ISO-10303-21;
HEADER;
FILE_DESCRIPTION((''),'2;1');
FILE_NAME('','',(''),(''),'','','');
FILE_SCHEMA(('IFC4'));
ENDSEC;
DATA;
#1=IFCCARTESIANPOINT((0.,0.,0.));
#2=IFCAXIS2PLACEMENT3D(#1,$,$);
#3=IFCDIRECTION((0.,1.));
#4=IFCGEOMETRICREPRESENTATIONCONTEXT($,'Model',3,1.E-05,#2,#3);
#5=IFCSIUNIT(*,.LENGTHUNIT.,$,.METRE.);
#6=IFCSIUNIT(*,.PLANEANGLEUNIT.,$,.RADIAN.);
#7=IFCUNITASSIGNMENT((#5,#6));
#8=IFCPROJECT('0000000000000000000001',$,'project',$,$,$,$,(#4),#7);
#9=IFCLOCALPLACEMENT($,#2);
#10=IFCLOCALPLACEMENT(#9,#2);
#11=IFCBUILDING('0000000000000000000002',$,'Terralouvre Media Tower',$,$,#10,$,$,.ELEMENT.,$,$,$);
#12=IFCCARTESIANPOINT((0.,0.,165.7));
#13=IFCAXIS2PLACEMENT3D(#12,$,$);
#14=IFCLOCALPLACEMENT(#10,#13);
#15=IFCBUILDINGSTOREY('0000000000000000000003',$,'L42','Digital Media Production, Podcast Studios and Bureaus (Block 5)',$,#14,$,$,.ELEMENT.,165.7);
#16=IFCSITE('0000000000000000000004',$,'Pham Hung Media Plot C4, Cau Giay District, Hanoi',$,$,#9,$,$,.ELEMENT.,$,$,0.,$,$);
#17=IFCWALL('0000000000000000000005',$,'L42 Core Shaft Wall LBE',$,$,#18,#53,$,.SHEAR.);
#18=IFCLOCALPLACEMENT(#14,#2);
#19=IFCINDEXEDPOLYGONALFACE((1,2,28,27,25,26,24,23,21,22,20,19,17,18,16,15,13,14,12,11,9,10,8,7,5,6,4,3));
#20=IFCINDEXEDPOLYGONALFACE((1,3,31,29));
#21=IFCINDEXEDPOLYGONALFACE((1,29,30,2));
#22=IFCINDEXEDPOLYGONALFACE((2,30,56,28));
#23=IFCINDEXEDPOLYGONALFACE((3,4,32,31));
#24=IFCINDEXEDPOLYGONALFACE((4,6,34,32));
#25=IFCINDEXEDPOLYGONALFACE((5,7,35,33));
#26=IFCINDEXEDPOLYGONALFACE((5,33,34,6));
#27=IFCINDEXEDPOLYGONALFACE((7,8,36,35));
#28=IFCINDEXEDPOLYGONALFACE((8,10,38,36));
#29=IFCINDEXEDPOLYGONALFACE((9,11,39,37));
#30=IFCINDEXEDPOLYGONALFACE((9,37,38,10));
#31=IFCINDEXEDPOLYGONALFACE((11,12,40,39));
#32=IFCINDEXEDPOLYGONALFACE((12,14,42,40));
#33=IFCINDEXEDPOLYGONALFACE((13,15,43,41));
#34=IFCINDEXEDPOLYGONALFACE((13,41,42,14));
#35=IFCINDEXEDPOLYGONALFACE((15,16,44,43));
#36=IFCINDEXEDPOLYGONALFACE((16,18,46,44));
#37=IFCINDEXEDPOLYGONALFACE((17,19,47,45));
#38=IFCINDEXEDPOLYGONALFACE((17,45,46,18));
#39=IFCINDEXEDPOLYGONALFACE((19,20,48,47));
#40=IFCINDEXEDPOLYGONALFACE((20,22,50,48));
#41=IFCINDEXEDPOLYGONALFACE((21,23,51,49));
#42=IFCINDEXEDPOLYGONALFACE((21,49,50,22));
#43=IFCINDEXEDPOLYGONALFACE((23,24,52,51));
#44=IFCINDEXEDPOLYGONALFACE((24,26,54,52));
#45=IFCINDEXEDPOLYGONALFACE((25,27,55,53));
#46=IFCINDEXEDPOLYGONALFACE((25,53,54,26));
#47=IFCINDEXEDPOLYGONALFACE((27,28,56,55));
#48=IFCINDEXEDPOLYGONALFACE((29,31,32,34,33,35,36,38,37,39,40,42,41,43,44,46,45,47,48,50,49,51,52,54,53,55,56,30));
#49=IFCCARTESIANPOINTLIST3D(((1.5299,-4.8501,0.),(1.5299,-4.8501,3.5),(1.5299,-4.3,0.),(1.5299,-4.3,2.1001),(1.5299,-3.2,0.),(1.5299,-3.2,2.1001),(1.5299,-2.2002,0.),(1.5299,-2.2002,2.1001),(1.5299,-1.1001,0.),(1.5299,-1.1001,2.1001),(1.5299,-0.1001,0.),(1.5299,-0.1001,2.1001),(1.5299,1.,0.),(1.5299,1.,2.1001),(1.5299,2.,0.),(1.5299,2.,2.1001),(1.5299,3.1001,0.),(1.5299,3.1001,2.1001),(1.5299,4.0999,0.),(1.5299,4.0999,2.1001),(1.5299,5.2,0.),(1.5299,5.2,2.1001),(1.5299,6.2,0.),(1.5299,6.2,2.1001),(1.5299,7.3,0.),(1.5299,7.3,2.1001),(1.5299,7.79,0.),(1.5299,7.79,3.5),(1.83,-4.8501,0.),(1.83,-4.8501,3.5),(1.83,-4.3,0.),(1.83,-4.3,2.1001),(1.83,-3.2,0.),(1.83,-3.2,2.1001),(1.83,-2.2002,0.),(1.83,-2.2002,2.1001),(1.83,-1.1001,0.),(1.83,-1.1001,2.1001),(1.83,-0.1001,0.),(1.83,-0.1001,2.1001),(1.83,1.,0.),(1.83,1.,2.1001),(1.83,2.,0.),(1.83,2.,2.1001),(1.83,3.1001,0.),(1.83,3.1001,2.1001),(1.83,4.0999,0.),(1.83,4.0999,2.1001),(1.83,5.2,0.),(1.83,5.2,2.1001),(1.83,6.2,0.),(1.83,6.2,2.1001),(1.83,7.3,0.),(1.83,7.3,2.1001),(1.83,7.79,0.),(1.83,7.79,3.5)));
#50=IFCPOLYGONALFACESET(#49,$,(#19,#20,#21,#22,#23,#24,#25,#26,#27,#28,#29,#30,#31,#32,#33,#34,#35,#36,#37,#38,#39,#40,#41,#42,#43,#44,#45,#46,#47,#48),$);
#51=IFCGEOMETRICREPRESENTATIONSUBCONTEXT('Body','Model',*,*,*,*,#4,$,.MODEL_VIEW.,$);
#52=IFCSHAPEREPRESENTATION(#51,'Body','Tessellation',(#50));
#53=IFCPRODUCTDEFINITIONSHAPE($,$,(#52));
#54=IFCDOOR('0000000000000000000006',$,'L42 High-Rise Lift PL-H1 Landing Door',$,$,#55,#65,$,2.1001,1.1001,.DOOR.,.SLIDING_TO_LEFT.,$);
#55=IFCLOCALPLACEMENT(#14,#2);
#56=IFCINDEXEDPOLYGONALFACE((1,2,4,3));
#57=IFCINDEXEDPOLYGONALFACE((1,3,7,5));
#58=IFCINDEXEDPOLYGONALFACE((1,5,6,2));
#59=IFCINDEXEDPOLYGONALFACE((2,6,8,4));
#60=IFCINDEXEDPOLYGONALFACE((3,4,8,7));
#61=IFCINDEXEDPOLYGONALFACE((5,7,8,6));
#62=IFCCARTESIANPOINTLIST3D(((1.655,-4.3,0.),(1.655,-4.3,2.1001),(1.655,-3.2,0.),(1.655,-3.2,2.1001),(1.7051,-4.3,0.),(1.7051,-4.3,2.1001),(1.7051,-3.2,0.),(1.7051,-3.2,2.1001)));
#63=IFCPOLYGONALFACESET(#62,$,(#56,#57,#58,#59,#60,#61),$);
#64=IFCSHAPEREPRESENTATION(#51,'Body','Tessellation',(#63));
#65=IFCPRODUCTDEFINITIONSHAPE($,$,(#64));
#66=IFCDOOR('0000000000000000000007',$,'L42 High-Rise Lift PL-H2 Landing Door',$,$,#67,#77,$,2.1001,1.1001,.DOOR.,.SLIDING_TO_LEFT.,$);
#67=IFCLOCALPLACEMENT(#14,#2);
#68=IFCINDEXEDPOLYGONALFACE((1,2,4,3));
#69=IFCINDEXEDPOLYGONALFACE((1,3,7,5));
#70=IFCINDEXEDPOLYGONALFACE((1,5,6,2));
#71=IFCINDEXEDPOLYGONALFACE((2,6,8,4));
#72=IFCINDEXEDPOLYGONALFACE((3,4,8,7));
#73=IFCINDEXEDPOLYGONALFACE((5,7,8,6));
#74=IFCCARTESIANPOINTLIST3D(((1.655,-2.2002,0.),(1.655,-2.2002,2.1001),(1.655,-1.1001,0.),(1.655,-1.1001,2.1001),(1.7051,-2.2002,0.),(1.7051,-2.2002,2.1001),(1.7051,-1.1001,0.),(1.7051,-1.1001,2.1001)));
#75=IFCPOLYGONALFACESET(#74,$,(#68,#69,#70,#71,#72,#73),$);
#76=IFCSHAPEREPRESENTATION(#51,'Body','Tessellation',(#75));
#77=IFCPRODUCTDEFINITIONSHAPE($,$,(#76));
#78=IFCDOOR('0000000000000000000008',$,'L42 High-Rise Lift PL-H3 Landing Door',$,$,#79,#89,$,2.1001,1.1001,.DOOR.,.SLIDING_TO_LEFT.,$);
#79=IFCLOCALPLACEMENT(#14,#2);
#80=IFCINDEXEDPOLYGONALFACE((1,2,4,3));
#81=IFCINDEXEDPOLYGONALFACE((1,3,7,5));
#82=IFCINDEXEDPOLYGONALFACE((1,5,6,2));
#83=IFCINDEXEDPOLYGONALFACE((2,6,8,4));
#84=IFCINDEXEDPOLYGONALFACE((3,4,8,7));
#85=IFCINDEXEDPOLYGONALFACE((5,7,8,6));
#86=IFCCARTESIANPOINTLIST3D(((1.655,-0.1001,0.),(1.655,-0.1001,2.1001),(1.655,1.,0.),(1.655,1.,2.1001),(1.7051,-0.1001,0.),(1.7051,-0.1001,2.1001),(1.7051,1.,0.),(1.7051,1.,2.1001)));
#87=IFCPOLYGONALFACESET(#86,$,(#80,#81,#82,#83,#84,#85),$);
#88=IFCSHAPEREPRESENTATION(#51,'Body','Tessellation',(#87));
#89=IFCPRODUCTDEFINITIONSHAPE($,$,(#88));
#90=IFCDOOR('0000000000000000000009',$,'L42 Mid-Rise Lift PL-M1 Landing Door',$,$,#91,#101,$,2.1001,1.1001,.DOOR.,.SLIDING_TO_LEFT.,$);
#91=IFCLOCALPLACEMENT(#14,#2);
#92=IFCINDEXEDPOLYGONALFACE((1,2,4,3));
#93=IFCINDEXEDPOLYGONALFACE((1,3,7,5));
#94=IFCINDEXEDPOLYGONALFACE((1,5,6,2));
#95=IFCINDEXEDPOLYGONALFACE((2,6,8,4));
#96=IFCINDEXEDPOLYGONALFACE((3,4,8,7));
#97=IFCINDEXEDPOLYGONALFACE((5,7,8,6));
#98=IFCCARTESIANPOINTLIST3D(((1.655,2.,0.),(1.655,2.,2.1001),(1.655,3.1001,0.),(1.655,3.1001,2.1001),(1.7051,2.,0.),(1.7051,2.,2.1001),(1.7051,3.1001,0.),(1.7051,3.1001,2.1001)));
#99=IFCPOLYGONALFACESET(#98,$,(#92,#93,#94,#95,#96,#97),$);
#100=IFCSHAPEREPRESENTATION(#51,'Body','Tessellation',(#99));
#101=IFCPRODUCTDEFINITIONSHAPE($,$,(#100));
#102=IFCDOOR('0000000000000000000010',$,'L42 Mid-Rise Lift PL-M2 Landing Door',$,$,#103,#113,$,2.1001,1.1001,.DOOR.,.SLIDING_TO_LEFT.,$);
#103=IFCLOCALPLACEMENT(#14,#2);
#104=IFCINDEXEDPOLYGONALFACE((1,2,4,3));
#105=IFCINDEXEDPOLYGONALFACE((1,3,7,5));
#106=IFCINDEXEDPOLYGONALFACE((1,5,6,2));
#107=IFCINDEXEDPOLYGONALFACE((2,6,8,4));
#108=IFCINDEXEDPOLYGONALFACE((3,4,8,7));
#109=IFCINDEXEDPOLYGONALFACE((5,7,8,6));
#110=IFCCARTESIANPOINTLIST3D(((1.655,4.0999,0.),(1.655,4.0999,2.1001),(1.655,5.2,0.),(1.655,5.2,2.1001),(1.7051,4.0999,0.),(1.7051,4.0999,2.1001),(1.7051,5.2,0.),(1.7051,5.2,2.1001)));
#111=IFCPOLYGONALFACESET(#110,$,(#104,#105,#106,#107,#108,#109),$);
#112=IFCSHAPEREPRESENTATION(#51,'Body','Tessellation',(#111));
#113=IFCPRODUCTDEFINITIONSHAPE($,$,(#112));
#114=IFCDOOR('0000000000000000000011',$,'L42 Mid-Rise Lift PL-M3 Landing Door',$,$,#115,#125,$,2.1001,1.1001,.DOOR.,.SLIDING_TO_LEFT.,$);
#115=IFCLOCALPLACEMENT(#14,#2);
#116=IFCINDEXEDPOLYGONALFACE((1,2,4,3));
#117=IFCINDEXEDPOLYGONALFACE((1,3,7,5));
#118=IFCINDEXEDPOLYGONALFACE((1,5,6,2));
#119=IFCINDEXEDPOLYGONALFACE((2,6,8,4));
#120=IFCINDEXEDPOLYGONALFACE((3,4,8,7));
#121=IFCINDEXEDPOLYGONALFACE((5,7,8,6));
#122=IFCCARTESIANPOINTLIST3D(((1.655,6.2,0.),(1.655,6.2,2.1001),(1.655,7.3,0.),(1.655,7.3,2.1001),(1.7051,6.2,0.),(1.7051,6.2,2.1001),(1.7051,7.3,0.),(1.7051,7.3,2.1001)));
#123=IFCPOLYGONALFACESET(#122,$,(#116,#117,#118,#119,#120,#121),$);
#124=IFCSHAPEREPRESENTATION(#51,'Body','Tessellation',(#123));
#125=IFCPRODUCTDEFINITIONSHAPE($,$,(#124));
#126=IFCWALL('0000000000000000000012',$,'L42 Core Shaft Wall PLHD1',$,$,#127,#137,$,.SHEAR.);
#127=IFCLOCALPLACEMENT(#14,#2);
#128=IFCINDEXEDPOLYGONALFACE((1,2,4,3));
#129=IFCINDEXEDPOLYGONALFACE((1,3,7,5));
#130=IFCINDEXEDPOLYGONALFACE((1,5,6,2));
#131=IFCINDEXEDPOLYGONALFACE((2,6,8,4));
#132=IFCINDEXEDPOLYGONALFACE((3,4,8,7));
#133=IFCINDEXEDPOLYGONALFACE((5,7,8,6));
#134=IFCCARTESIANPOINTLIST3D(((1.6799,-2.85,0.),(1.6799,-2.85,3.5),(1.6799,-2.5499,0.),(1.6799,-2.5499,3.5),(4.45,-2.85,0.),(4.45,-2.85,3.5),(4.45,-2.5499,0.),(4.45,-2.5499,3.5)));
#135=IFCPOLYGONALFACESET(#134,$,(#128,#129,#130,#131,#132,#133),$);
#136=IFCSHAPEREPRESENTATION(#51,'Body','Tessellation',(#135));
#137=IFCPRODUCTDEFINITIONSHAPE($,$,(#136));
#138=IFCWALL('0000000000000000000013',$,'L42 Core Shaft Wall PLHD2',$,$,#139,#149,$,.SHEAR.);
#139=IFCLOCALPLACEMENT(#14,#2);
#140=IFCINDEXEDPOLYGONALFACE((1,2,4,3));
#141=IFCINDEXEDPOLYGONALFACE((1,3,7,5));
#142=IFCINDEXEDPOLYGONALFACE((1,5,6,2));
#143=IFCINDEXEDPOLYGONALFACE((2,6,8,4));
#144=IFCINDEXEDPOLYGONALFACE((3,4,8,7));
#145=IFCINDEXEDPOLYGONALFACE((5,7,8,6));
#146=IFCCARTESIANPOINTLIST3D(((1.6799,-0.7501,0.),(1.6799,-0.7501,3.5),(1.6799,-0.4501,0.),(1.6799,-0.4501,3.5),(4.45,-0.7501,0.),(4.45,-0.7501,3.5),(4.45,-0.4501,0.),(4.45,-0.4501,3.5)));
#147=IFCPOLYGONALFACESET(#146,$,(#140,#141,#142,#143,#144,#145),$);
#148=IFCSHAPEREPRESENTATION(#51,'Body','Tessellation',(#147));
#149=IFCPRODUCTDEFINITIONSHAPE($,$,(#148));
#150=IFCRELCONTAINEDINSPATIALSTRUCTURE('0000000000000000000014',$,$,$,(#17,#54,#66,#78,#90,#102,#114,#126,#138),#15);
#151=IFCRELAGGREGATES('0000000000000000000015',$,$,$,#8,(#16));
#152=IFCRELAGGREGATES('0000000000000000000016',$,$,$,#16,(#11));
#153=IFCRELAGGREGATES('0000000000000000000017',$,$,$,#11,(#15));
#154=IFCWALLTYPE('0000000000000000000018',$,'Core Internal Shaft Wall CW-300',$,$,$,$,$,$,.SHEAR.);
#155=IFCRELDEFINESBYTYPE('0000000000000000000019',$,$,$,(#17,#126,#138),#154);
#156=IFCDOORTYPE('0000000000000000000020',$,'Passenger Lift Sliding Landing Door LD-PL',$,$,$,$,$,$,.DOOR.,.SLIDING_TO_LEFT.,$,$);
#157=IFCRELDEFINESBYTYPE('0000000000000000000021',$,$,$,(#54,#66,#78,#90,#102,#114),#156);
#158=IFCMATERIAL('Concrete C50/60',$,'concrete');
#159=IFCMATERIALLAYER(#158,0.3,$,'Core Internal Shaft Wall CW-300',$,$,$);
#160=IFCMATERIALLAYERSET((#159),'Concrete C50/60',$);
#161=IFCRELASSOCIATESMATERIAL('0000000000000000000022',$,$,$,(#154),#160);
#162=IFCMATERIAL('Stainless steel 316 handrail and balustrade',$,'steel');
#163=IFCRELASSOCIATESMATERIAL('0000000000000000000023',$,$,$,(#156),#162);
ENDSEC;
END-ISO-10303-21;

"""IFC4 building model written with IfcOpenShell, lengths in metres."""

from ifc_helpers import new_model, si_unit, direction, frame, frame_2d, origin, place, context, subcontext, project, spatial, rectangle, extrude, material, layer, layer_set, type_object, element, fill, save


model = new_model("IFC4")

# Units and contexts
model_context = context("Model", 3, precision=1e-05, world=origin(), true_north=direction((0.0, 1.0)))
body_context = subcontext(model_context, "Body", "Model", "MODEL_VIEW")
ifc_project = project(units=[si_unit("LENGTHUNIT", "METRE"), si_unit("PLANEANGLEUNIT", "RADIAN")], contexts=[model_context])

# Site, building, storey
site_placement = place(None, origin())
site = spatial("IfcSite", under=ifc_project, at=site_placement, Name="Pham Hung Media Plot C4, Cau Giay District, Hanoi", CompositionType="ELEMENT", RefElevation=0.0)
building_placement = place(site_placement, origin())
building = spatial("IfcBuilding", under=site, at=building_placement, Name="Terralouvre Media Tower", CompositionType="ELEMENT")
storey_placement = place(building_placement, frame((0.0, 0.0, 165.7)))
storey = spatial("IfcBuildingStorey", under=building, at=storey_placement, Name="L42", Description="Digital Media Production, Podcast Studios and Bureaus (Block 5)", CompositionType="ELEMENT", Elevation=165.7)

# Shared definitions
ifc_material_1 = material(Name="Concrete C50/60", Category="concrete")
ifc_layer_1 = layer(ifc_material_1, 0.3, Name="Core Internal Shaft Wall CW-300")
ifc_layer_set_1 = layer_set([ifc_layer_1], Name="Concrete C50/60")
wall_type_1 = type_object("IfcWallType", Name="Core Internal Shaft Wall CW-300", PredefinedType="SHEAR", material=ifc_layer_set_1)

# Wall, openings, doors
wall_1_placement = place(storey_placement, frame((1.6799, -4.8501, 0.0), z_axis=(0.0, 0.0, 1.0), x_axis=(0.0, 1.0, 0.0)))
wall_1 = element("IfcWall", 1, at=wall_1_placement, inside=storey, type_object=wall_type_1, Name="L42 Core Shaft Wall LBE", PredefinedType="SHEAR", context=body_context, shape_type="SweptSolid", body=[
    extrude(rectangle(XDim=12.6401, YDim=0.3, at=frame_2d((6.3201, 0.0))), origin(), (0.0, 0.0, 1.0), 3.5),
])
opening_1_placement = place(wall_1_placement, frame((0.55, 0.0, 0.0)))
opening_1 = element("IfcOpeningElement", 2, at=opening_1_placement, cuts=wall_1, PredefinedType="OPENING", context=body_context, shape_type="SweptSolid", body=[
    extrude(rectangle(XDim=1.1001, YDim=2.1001, at=frame_2d((0.55, 1.05))), frame((0.0, 0.1599, 0.0), z_axis=(0.0, -1.0, 0.0), x_axis=(1.0, 0.0, 0.0)), (0.0, 0.0, 1.0), 0.3201),
])
opening_2_placement = place(wall_1_placement, frame((2.6499, 0.0, 0.0)))
opening_2 = element("IfcOpeningElement", 3, at=opening_2_placement, cuts=wall_1, PredefinedType="OPENING", context=body_context, shape_type="SweptSolid", body=[
    extrude(rectangle(XDim=1.1001, YDim=2.1001, at=frame_2d((0.55, 1.05))), frame((0.0, 0.1599, 0.0), z_axis=(0.0, -1.0, 0.0), x_axis=(1.0, 0.0, 0.0)), (0.0, 0.0, 1.0), 0.3201),
])
opening_3_placement = place(wall_1_placement, frame((4.75, 0.0, 0.0)))
opening_3 = element("IfcOpeningElement", 4, at=opening_3_placement, cuts=wall_1, PredefinedType="OPENING", context=body_context, shape_type="SweptSolid", body=[
    extrude(rectangle(XDim=1.1001, YDim=2.1001, at=frame_2d((0.55, 1.05))), frame((0.0, 0.1599, 0.0), z_axis=(0.0, -1.0, 0.0), x_axis=(1.0, 0.0, 0.0)), (0.0, 0.0, 1.0), 0.3201),
])
opening_4_placement = place(wall_1_placement, frame((6.8501, 0.0, 0.0)))
opening_4 = element("IfcOpeningElement", 5, at=opening_4_placement, cuts=wall_1, PredefinedType="OPENING", context=body_context, shape_type="SweptSolid", body=[
    extrude(rectangle(XDim=1.1001, YDim=2.1001, at=frame_2d((0.55, 1.05))), frame((0.0, 0.1599, 0.0), z_axis=(0.0, -1.0, 0.0), x_axis=(1.0, 0.0, 0.0)), (0.0, 0.0, 1.0), 0.3201),
])
opening_5_placement = place(wall_1_placement, frame((8.95, 0.0, 0.0)))
opening_5 = element("IfcOpeningElement", 6, at=opening_5_placement, cuts=wall_1, PredefinedType="OPENING", context=body_context, shape_type="SweptSolid", body=[
    extrude(rectangle(XDim=1.1001, YDim=2.1001, at=frame_2d((0.55, 1.05))), frame((0.0, 0.1599, 0.0), z_axis=(0.0, -1.0, 0.0), x_axis=(1.0, 0.0, 0.0)), (0.0, 0.0, 1.0), 0.3201),
])
opening_6_placement = place(wall_1_placement, frame((11.05, 0.0, 0.0)))
opening_6 = element("IfcOpeningElement", 7, at=opening_6_placement, cuts=wall_1, PredefinedType="OPENING", context=body_context, shape_type="SweptSolid", body=[
    extrude(rectangle(XDim=1.1001, YDim=2.1001, at=frame_2d((0.55, 1.05))), frame((0.0, 0.1599, 0.0), z_axis=(0.0, -1.0, 0.0), x_axis=(1.0, 0.0, 0.0)), (0.0, 0.0, 1.0), 0.3201),
])
ifc_material_2 = material(Name="Stainless steel 316 handrail and balustrade", Category="steel")
door_type_1 = type_object("IfcDoorType", Name="Passenger Lift Sliding Landing Door LD-PL", OperationType="SLIDING_TO_LEFT", PredefinedType="DOOR", material=ifc_material_2)
door_1_placement = place(opening_1_placement, origin())
door_1 = element("IfcDoor", 8, at=door_1_placement, inside=storey, type_object=door_type_1, Name="L42 High-Rise Lift PL-H1 Landing Door", OperationType="SLIDING_TO_LEFT", OverallHeight=2.1001, OverallWidth=1.1001, PredefinedType="DOOR", context=body_context, shape_type="SweptSolid", body=[
    extrude(rectangle(XDim=1.1001, YDim=2.1001, at=frame_2d((0.55, 1.05))), frame((0.0, 0.0249, 0.0), z_axis=(0.0, -1.0, 0.0), x_axis=(1.0, 0.0, 0.0)), (0.0, 0.0, 1.0), 0.05),
])
fill(opening_1, door_1)
door_2_placement = place(opening_2_placement, origin())
door_2 = element("IfcDoor", 9, at=door_2_placement, inside=storey, type_object=door_type_1, Name="L42 High-Rise Lift PL-H2 Landing Door", OperationType="SLIDING_TO_LEFT", OverallHeight=2.1001, OverallWidth=1.1001, PredefinedType="DOOR", context=body_context, shape_type="SweptSolid", body=[
    extrude(rectangle(XDim=1.1001, YDim=2.1001, at=frame_2d((0.55, 1.05))), frame((0.0, 0.0249, 0.0), z_axis=(0.0, -1.0, 0.0), x_axis=(1.0, 0.0, 0.0)), (0.0, 0.0, 1.0), 0.05),
])
fill(opening_2, door_2)
door_3_placement = place(opening_3_placement, origin())
door_3 = element("IfcDoor", 10, at=door_3_placement, inside=storey, type_object=door_type_1, Name="L42 High-Rise Lift PL-H3 Landing Door", OperationType="SLIDING_TO_LEFT", OverallHeight=2.1001, OverallWidth=1.1001, PredefinedType="DOOR", context=body_context, shape_type="SweptSolid", body=[
    extrude(rectangle(XDim=1.1001, YDim=2.1001, at=frame_2d((0.55, 1.05))), frame((0.0, 0.0249, 0.0), z_axis=(0.0, -1.0, 0.0), x_axis=(1.0, 0.0, 0.0)), (0.0, 0.0, 1.0), 0.05),
])
fill(opening_3, door_3)
door_4_placement = place(opening_4_placement, origin())
door_4 = element("IfcDoor", 11, at=door_4_placement, inside=storey, type_object=door_type_1, Name="L42 Mid-Rise Lift PL-M1 Landing Door", OperationType="SLIDING_TO_LEFT", OverallHeight=2.1001, OverallWidth=1.1001, PredefinedType="DOOR", context=body_context, shape_type="SweptSolid", body=[
    extrude(rectangle(XDim=1.1001, YDim=2.1001, at=frame_2d((0.55, 1.05))), frame((0.0, 0.0249, 0.0), z_axis=(0.0, -1.0, 0.0), x_axis=(1.0, 0.0, 0.0)), (0.0, 0.0, 1.0), 0.05),
])
fill(opening_4, door_4)
door_5_placement = place(opening_5_placement, origin())
door_5 = element("IfcDoor", 12, at=door_5_placement, inside=storey, type_object=door_type_1, Name="L42 Mid-Rise Lift PL-M2 Landing Door", OperationType="SLIDING_TO_LEFT", OverallHeight=2.1001, OverallWidth=1.1001, PredefinedType="DOOR", context=body_context, shape_type="SweptSolid", body=[
    extrude(rectangle(XDim=1.1001, YDim=2.1001, at=frame_2d((0.55, 1.05))), frame((0.0, 0.0249, 0.0), z_axis=(0.0, -1.0, 0.0), x_axis=(1.0, 0.0, 0.0)), (0.0, 0.0, 1.0), 0.05),
])
fill(opening_5, door_5)
door_6_placement = place(opening_6_placement, origin())
door_6 = element("IfcDoor", 13, at=door_6_placement, inside=storey, type_object=door_type_1, Name="L42 Mid-Rise Lift PL-M3 Landing Door", OperationType="SLIDING_TO_LEFT", OverallHeight=2.1001, OverallWidth=1.1001, PredefinedType="DOOR", context=body_context, shape_type="SweptSolid", body=[
    extrude(rectangle(XDim=1.1001, YDim=2.1001, at=frame_2d((0.55, 1.05))), frame((0.0, 0.0249, 0.0), z_axis=(0.0, -1.0, 0.0), x_axis=(1.0, 0.0, 0.0)), (0.0, 0.0, 1.0), 0.05),
])
fill(opening_6, door_6)

# Walls
for number, where, z_axis, x_axis, name in (
    (14, (1.6799, -2.7, 0.0), (0.0, 0.0, 1.0), (1.0, 0.0, 0.0), "L42 Core Shaft Wall PLHD1"),
    (15, (1.6799, -0.6001, 0.0), (0.0, 0.0, 1.0), (1.0, 0.0, 0.0), "L42 Core Shaft Wall PLHD2"),
):
    element("IfcWall", number, at=place(storey_placement, frame(where, z_axis=z_axis, x_axis=x_axis)), inside=storey, type_object=wall_type_1, Name=name, PredefinedType="SHEAR", context=body_context, shape_type="SweptSolid", body=[
        extrude(rectangle(XDim=2.77, YDim=0.3, at=frame_2d((1.385, 0.0))), origin(), (0.0, 0.0, 1.0), 3.5),
    ])

save(model, "model.ifc")
